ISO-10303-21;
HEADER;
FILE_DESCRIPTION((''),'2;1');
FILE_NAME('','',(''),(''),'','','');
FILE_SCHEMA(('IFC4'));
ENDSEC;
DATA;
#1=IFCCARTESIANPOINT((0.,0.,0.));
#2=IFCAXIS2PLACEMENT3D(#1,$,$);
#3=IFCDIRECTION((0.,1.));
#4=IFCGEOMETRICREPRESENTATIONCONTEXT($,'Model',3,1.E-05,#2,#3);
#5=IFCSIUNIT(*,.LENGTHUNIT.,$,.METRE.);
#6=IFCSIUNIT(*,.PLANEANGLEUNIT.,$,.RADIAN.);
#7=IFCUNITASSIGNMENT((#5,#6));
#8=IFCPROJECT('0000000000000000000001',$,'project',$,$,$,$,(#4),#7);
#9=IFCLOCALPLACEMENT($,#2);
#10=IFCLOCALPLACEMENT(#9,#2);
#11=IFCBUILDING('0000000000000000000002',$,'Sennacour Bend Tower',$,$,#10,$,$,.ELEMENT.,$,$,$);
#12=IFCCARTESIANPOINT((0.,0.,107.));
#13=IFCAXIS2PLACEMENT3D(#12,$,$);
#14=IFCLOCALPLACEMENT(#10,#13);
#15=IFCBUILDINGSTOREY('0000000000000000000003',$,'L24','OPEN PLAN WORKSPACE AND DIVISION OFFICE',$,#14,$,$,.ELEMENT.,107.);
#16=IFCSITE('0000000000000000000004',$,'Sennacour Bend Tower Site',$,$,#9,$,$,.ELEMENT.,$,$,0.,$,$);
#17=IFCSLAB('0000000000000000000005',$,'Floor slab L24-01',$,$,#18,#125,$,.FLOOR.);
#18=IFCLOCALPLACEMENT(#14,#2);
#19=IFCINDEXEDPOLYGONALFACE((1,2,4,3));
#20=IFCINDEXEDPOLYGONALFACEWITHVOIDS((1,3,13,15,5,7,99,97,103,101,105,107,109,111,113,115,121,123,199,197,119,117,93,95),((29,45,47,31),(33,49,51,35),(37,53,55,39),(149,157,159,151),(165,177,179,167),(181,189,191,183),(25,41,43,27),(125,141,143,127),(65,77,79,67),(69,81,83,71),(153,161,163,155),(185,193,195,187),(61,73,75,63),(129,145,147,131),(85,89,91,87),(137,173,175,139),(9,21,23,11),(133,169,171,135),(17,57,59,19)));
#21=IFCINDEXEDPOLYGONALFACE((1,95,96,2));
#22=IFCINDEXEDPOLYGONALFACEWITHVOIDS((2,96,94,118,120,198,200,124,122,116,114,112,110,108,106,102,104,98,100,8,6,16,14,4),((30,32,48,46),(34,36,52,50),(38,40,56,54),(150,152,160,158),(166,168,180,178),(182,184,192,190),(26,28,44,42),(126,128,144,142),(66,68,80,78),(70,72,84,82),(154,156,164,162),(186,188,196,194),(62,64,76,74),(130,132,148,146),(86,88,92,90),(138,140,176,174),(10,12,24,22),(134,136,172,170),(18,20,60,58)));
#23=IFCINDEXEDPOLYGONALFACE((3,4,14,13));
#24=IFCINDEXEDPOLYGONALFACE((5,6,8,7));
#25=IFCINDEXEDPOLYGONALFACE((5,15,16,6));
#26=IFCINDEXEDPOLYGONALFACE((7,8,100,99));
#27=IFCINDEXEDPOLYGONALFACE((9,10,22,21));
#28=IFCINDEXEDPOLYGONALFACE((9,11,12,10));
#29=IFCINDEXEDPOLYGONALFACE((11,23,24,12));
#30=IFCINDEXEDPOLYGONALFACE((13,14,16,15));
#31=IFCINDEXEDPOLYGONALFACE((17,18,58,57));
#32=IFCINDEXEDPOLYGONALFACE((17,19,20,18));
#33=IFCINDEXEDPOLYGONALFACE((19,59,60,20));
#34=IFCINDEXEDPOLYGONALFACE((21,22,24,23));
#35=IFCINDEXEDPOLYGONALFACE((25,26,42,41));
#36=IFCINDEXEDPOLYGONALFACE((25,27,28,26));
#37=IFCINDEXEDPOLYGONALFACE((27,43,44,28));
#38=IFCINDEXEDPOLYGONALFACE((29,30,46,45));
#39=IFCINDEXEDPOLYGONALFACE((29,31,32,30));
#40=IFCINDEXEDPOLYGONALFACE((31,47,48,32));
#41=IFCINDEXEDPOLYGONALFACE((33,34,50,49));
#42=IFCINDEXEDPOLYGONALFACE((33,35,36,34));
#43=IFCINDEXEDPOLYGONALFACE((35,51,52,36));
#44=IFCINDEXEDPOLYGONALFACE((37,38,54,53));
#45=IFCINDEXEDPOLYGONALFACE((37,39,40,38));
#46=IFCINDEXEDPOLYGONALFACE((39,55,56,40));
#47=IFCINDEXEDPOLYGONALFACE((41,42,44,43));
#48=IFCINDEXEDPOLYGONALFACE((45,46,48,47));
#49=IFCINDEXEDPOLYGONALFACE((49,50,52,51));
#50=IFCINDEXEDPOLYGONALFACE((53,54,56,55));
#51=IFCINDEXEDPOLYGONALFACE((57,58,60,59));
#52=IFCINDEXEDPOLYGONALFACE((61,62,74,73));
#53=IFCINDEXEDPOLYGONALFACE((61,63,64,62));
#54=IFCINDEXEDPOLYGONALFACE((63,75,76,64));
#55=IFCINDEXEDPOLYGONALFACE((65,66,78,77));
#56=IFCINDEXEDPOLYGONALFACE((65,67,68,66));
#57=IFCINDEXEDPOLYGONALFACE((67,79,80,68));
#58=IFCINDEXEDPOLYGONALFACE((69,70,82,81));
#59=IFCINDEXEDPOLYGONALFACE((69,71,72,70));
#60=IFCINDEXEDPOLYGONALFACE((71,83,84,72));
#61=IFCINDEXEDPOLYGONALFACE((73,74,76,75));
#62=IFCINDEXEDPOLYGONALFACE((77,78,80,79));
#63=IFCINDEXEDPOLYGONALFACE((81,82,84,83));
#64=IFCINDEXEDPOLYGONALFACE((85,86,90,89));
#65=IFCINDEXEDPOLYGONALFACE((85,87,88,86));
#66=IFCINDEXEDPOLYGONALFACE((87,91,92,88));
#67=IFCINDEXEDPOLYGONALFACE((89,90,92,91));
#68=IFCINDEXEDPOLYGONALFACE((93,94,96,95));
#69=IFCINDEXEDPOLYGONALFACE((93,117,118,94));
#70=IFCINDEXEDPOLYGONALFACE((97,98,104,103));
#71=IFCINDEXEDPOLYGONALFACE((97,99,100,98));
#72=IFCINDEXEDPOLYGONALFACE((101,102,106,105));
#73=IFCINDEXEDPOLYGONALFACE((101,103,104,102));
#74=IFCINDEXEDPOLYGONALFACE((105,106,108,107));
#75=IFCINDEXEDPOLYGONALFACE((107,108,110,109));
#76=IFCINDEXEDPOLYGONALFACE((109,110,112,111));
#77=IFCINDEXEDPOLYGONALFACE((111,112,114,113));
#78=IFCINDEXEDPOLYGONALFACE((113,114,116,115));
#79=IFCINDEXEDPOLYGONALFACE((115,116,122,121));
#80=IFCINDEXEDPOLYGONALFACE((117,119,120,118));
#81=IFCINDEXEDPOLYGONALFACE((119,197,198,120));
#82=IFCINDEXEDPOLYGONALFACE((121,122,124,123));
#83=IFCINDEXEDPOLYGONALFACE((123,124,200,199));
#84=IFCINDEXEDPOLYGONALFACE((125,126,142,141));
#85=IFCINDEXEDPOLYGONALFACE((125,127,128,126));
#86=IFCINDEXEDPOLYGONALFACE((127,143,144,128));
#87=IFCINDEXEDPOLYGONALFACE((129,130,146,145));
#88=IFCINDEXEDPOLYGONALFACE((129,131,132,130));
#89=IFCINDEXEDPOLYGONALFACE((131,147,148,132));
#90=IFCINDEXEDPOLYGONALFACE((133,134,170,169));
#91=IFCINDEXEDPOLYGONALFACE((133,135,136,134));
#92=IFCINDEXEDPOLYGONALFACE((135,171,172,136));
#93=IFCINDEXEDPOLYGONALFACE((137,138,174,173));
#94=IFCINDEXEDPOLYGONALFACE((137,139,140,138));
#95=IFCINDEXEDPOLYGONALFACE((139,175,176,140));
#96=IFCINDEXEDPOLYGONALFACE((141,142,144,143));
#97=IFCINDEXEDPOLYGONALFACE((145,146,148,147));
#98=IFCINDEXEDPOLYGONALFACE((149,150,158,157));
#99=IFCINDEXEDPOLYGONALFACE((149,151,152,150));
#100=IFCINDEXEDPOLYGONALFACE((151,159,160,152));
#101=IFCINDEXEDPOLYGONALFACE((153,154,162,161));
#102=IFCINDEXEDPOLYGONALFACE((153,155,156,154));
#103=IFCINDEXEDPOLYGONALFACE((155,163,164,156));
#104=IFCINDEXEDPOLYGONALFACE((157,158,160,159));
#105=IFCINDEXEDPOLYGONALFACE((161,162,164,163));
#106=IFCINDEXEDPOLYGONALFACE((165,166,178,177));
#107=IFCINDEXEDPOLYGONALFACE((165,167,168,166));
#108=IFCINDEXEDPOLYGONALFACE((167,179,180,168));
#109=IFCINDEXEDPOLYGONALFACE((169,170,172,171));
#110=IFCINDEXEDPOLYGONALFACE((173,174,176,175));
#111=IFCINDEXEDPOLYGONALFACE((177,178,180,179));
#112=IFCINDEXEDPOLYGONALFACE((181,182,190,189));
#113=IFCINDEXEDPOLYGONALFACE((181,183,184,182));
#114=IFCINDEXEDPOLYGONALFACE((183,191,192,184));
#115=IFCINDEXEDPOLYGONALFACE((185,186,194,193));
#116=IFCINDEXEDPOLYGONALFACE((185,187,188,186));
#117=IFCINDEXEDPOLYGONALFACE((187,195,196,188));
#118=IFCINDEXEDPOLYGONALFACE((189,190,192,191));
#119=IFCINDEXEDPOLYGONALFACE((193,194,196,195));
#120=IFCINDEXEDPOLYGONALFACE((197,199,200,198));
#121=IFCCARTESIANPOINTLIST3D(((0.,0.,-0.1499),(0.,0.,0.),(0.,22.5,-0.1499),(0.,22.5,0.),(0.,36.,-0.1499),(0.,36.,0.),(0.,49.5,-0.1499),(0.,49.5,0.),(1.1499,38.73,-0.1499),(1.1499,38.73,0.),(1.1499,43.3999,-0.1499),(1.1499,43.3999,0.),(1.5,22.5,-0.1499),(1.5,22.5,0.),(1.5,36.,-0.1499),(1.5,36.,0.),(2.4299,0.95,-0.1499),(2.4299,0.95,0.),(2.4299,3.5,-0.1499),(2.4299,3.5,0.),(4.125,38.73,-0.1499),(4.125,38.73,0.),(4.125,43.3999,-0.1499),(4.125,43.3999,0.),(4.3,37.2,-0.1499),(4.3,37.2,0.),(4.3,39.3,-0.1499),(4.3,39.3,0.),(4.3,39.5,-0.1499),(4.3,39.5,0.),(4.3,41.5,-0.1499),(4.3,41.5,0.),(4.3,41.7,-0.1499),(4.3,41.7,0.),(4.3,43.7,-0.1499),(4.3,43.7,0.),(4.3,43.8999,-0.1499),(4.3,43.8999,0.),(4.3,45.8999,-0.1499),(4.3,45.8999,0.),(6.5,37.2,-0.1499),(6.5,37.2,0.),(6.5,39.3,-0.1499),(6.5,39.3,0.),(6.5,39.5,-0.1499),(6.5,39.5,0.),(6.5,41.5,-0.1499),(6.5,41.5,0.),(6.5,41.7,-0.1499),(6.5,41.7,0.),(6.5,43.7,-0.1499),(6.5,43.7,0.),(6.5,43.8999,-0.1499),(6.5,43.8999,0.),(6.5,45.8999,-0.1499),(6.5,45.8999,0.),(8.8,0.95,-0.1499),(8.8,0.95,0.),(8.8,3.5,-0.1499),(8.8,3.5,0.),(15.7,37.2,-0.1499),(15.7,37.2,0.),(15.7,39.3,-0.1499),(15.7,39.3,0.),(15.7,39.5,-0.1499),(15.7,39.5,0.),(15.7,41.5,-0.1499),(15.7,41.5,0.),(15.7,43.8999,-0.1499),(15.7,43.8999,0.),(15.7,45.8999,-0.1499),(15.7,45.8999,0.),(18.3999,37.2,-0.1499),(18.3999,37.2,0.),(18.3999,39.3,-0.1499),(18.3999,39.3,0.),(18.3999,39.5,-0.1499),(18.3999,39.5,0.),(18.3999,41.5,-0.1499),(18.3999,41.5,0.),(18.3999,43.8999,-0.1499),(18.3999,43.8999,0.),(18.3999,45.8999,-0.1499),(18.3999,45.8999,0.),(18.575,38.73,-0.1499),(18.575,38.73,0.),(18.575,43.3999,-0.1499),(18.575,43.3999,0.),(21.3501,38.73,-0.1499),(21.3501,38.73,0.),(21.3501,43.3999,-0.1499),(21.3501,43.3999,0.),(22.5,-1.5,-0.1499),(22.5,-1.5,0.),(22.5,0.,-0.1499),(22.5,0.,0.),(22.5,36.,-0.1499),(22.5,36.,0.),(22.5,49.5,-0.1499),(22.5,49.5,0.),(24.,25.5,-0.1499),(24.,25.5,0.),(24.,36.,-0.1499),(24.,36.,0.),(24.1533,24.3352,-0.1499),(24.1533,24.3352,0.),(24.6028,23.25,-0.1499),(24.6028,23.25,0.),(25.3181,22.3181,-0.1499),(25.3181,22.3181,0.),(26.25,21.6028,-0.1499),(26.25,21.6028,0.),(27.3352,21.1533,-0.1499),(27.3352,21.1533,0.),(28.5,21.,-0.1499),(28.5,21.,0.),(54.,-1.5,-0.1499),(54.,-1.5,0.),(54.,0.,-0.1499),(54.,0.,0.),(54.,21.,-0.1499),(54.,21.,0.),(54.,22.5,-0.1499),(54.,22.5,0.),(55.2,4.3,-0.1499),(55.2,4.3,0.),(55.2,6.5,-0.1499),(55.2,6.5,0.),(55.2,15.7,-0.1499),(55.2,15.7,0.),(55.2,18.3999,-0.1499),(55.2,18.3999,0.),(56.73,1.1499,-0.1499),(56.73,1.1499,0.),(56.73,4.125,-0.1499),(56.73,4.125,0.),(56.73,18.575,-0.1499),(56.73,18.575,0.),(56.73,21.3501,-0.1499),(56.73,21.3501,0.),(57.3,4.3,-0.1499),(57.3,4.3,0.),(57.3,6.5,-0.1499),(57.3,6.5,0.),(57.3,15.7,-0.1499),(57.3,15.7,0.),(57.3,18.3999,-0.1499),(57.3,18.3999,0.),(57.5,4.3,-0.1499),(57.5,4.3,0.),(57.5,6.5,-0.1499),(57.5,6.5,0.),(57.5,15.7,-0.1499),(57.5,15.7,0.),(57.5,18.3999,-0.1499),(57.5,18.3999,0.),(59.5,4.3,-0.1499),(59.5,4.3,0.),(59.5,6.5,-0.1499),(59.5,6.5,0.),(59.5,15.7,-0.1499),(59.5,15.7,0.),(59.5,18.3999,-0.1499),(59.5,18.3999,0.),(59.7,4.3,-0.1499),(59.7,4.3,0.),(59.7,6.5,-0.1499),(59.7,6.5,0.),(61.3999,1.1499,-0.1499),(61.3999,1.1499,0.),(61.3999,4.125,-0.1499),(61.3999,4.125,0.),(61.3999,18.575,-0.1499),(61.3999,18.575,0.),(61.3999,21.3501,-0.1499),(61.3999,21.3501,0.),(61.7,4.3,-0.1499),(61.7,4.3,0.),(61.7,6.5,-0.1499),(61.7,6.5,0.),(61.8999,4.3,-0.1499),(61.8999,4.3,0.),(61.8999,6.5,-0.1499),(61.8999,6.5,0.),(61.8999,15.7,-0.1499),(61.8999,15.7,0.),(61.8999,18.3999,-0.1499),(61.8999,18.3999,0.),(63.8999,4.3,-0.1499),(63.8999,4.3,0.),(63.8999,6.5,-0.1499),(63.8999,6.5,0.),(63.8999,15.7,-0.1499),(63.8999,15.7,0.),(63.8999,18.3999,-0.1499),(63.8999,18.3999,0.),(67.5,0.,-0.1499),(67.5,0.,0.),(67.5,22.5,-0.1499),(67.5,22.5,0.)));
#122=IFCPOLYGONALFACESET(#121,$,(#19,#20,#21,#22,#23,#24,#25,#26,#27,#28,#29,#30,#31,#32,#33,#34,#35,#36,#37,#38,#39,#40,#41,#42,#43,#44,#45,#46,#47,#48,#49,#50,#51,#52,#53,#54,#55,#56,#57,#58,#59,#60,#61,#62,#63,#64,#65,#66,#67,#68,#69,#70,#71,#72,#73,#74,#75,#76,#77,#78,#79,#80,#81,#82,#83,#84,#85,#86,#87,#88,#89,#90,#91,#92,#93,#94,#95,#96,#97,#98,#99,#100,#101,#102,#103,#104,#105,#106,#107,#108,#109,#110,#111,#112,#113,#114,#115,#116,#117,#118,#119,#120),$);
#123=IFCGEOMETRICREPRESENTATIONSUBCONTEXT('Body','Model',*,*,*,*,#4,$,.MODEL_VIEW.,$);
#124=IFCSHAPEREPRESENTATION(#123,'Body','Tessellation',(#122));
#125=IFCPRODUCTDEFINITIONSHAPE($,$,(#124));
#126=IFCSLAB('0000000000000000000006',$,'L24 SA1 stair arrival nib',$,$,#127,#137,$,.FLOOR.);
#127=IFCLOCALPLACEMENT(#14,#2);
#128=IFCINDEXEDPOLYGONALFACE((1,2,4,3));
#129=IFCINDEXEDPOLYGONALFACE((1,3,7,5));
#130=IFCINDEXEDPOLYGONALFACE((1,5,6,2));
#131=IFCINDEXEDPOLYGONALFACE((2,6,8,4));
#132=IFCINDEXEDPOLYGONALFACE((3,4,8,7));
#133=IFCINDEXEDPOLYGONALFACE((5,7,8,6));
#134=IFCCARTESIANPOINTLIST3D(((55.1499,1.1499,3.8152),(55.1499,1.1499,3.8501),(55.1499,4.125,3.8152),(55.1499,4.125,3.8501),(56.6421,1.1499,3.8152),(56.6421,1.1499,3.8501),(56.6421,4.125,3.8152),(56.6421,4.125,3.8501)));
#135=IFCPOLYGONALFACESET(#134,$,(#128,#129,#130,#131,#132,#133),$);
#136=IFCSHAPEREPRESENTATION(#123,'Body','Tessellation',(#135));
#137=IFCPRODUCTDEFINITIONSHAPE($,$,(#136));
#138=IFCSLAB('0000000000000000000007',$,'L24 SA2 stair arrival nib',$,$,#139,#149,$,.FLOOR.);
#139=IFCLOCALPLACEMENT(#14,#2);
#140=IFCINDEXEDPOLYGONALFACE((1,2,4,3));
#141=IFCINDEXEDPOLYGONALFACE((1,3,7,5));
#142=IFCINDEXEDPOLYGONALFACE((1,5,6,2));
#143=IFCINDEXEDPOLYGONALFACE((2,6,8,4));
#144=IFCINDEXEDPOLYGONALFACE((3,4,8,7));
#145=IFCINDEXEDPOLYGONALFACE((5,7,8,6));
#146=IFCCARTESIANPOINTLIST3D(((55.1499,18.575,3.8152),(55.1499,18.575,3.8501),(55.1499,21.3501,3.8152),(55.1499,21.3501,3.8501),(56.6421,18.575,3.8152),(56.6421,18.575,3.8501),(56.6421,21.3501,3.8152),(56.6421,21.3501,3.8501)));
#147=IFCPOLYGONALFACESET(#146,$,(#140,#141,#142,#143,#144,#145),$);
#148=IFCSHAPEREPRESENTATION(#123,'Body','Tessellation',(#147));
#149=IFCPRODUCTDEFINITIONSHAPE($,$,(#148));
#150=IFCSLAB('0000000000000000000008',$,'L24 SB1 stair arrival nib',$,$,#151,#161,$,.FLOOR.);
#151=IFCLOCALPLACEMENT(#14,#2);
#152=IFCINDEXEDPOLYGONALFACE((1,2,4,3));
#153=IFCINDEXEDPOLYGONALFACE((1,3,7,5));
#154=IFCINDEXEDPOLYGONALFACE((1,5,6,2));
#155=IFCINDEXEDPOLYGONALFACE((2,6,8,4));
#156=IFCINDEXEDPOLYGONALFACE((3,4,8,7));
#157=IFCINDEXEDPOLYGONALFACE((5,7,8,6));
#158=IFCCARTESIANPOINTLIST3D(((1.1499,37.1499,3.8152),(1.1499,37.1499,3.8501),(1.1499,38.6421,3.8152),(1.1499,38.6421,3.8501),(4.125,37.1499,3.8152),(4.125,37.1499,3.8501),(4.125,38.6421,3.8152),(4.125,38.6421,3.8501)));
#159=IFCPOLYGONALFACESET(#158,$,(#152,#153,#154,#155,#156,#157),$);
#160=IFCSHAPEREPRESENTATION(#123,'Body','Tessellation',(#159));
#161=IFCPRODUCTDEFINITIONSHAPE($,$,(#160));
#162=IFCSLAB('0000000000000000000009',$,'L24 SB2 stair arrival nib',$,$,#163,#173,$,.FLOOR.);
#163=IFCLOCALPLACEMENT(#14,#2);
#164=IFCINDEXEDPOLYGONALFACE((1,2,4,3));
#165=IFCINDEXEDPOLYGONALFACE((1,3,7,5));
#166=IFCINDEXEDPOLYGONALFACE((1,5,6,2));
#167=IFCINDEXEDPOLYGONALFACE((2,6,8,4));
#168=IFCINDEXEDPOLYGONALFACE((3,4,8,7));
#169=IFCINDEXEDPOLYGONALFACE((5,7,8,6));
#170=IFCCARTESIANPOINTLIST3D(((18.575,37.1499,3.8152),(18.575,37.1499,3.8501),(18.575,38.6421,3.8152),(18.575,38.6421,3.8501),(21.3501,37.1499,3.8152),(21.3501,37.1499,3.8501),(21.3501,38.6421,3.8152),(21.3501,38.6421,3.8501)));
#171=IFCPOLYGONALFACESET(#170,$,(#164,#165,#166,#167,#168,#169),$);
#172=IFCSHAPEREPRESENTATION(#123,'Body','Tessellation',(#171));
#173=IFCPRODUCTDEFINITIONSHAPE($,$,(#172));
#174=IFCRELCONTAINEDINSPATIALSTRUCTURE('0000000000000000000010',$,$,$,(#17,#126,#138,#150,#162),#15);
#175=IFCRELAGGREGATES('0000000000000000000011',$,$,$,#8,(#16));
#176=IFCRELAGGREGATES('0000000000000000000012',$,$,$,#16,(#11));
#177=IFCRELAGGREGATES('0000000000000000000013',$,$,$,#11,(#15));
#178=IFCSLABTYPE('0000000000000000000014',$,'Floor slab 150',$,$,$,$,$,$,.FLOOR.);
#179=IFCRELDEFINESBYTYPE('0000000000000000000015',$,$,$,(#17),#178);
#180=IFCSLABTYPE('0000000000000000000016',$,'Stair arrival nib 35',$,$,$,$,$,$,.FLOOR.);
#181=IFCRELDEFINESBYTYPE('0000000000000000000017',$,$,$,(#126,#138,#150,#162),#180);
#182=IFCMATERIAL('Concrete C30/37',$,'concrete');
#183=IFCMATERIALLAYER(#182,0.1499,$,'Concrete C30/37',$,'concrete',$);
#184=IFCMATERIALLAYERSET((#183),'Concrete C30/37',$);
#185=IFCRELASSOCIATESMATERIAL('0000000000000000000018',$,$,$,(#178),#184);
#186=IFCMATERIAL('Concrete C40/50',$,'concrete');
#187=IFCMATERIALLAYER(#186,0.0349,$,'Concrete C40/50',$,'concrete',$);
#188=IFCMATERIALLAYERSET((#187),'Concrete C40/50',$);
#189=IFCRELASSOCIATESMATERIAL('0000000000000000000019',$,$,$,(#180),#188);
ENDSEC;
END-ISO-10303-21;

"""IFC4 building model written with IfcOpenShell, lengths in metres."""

from ifc_helpers import new_model, si_unit, direction, frame, origin, place, context, subcontext, project, spatial, polyline, outline, extrude, material, layer, layer_set, type_object, element, save


model = new_model("IFC4")

# Units and contexts
model_context = context("Model", 3, precision=1e-05, world=origin(), true_north=direction((0.0, 1.0)))
body_context = subcontext(model_context, "Body", "Model", "MODEL_VIEW")
ifc_project = project(units=[si_unit("LENGTHUNIT", "METRE"), si_unit("PLANEANGLEUNIT", "RADIAN")], contexts=[model_context])

# Site, building, storey
site_placement = place(None, origin())
site = spatial("IfcSite", under=ifc_project, at=site_placement, Name="Sennacour Bend Tower Site", CompositionType="ELEMENT", RefElevation=0.0)
building_placement = place(site_placement, origin())
building = spatial("IfcBuilding", under=site, at=building_placement, Name="Sennacour Bend Tower", CompositionType="ELEMENT")
storey_placement = place(building_placement, frame((0.0, 0.0, 107.0)))
storey = spatial("IfcBuildingStorey", under=building, at=storey_placement, Name="L24", Description="OPEN PLAN WORKSPACE AND DIVISION OFFICE", CompositionType="ELEMENT", Elevation=107.0)

# Slabs
ifc_material_1 = material(Name="Concrete C30/37", Category="concrete")
ifc_layer_1 = layer(ifc_material_1, 0.1499, Name="Concrete C30/37", Category="concrete")
ifc_layer_set_1 = layer_set([ifc_layer_1], Name="Concrete C30/37")
slab_type_1 = type_object("IfcSlabType", Name="Floor slab 150", PredefinedType="FLOOR", material=ifc_layer_set_1)
slab_1_placement = place(storey_placement, frame((0.0, 0.0, -0.1499)))
element("IfcSlab", 1, at=slab_1_placement, inside=storey, type_object=slab_type_1, Name="Floor slab L24-01", PredefinedType="FLOOR", context=body_context, shape_type="SweptSolid", body=[
    extrude(outline(polyline([(22.5, 0.0), (0.0, 0.0), (0.0, 22.5), (1.5, 22.5), (1.5, 36.0), (0.0, 36.0), (0.0, 49.5), (22.5, 49.5), (22.5, 36.0), (24.0, 36.0), (24.0, 25.5), (24.1533, 24.3352), (24.6028, 23.25), (25.3181, 22.3181), (26.25, 21.6028), (27.3352, 21.1533), (28.5, 21.0), (54.0, 21.0), (54.0, 22.5), (67.5, 22.5), (67.5, 0.0), (54.0, 0.0), (54.0, -1.5), (22.5, -1.5), (22.5, 0.0)]), holes=[polyline([(8.8, 0.95), (8.8, 3.5), (2.4299, 3.5), (2.4299, 0.95), (8.8, 0.95)]), polyline([(6.5, 37.2), (6.5, 39.3), (4.3, 39.3), (4.3, 37.2), (6.5, 37.2)]), polyline([(18.3999, 37.2), (18.3999, 39.3), (15.7, 39.3), (15.7, 37.2), (18.3999, 37.2)]), polyline([(6.5, 39.5), (6.5, 41.5), (4.3, 41.5), (4.3, 39.5), (6.5, 39.5)]), polyline([(18.3999, 39.5), (18.3999, 41.5), (15.7, 41.5), (15.7, 39.5), (18.3999, 39.5)]), polyline([(4.125, 38.73), (4.125, 43.3999), (1.1499, 43.3999), (1.1499, 38.73), (4.125, 38.73)]), polyline([(21.3501, 38.73), (21.3501, 43.3999), (18.575, 43.3999), (18.575, 38.73), (21.3501, 38.73)]), polyline([(4.3, 41.7), (6.5, 41.7), (6.5, 43.7), (4.3, 43.7), (4.3, 41.7)]), polyline([(4.3, 43.8999), (6.5, 43.8999), (6.5, 45.8999), (4.3, 45.8999), (4.3, 43.8999)]), polyline([(18.3999, 43.8999), (18.3999, 45.8999), (15.7, 45.8999), (15.7, 43.8999), (18.3999, 43.8999)]), polyline([(61.3999, 1.1499), (61.3999, 4.125), (56.73, 4.125), (56.73, 1.1499), (61.3999, 1.1499)]), polyline([(57.3, 4.3), (57.3, 6.5), (55.2, 6.5), (55.2, 4.3), (57.3, 4.3)]), polyline([(57.5, 4.3), (59.5, 4.3), (59.5, 6.5), (57.5, 6.5), (57.5, 4.3)]), polyline([(59.7, 4.3), (61.7, 4.3), (61.7, 6.5), (59.7, 6.5), (59.7, 4.3)]), polyline([(63.8999, 4.3), (63.8999, 6.5), (61.8999, 6.5), (61.8999, 4.3), (63.8999, 4.3)]), polyline([(57.3, 15.7), (57.3, 18.3999), (55.2, 18.3999), (55.2, 15.7), (57.3, 15.7)]), polyline([(59.5, 15.7), (59.5, 18.3999), (57.5, 18.3999), (57.5, 15.7), (59.5, 15.7)]), polyline([(61.8999, 15.7), (63.8999, 15.7), (63.8999, 18.3999), (61.8999, 18.3999), (61.8999, 15.7)]), polyline([(56.73, 18.575), (61.3999, 18.575), (61.3999, 21.3501), (56.73, 21.3501), (56.73, 18.575)])]), origin(), (0.0, 0.0, 1.0), 0.1499),
])
ifc_material_2 = material(Name="Concrete C40/50", Category="concrete")
ifc_layer_2 = layer(ifc_material_2, 0.0349, Name="Concrete C40/50", Category="concrete")
ifc_layer_set_2 = layer_set([ifc_layer_2], Name="Concrete C40/50")
slab_type_2 = type_object("IfcSlabType", Name="Stair arrival nib 35", PredefinedType="FLOOR", material=ifc_layer_set_2)
slab_2_placement = place(storey_placement, frame((0.0, 0.0, 3.8152)))
element("IfcSlab", 2, at=slab_2_placement, inside=storey, type_object=slab_type_2, Name="L24 SA1 stair arrival nib", PredefinedType="FLOOR", context=body_context, shape_type="SweptSolid", body=[
    extrude(outline(polyline([(56.6421, 4.125), (55.1499, 4.125), (55.1499, 1.1499), (56.6421, 1.1499), (56.6421, 4.125)])), origin(), (0.0, 0.0, 1.0), 0.0349),
])
slab_3_placement = place(storey_placement, frame((0.0, 0.0, 3.8152)))
element("IfcSlab", 3, at=slab_3_placement, inside=storey, type_object=slab_type_2, Name="L24 SA2 stair arrival nib", PredefinedType="FLOOR", context=body_context, shape_type="SweptSolid", body=[
    extrude(outline(polyline([(56.6421, 21.3501), (55.1499, 21.3501), (55.1499, 18.575), (56.6421, 18.575), (56.6421, 21.3501)])), origin(), (0.0, 0.0, 1.0), 0.0349),
])
slab_4_placement = place(storey_placement, frame((0.0, 0.0, 3.8152)))
element("IfcSlab", 4, at=slab_4_placement, inside=storey, type_object=slab_type_2, Name="L24 SB1 stair arrival nib", PredefinedType="FLOOR", context=body_context, shape_type="SweptSolid", body=[
    extrude(outline(polyline([(1.1499, 38.6421), (1.1499, 37.1499), (4.125, 37.1499), (4.125, 38.6421), (1.1499, 38.6421)])), origin(), (0.0, 0.0, 1.0), 0.0349),
])
slab_5_placement = place(storey_placement, frame((0.0, 0.0, 3.8152)))
element("IfcSlab", 5, at=slab_5_placement, inside=storey, type_object=slab_type_2, Name="L24 SB2 stair arrival nib", PredefinedType="FLOOR", context=body_context, shape_type="SweptSolid", body=[
    extrude(outline(polyline([(18.575, 38.6421), (18.575, 37.1499), (21.3501, 37.1499), (21.3501, 38.6421), (18.575, 38.6421)])), origin(), (0.0, 0.0, 1.0), 0.0349),
])

save(model, "model.ifc")
